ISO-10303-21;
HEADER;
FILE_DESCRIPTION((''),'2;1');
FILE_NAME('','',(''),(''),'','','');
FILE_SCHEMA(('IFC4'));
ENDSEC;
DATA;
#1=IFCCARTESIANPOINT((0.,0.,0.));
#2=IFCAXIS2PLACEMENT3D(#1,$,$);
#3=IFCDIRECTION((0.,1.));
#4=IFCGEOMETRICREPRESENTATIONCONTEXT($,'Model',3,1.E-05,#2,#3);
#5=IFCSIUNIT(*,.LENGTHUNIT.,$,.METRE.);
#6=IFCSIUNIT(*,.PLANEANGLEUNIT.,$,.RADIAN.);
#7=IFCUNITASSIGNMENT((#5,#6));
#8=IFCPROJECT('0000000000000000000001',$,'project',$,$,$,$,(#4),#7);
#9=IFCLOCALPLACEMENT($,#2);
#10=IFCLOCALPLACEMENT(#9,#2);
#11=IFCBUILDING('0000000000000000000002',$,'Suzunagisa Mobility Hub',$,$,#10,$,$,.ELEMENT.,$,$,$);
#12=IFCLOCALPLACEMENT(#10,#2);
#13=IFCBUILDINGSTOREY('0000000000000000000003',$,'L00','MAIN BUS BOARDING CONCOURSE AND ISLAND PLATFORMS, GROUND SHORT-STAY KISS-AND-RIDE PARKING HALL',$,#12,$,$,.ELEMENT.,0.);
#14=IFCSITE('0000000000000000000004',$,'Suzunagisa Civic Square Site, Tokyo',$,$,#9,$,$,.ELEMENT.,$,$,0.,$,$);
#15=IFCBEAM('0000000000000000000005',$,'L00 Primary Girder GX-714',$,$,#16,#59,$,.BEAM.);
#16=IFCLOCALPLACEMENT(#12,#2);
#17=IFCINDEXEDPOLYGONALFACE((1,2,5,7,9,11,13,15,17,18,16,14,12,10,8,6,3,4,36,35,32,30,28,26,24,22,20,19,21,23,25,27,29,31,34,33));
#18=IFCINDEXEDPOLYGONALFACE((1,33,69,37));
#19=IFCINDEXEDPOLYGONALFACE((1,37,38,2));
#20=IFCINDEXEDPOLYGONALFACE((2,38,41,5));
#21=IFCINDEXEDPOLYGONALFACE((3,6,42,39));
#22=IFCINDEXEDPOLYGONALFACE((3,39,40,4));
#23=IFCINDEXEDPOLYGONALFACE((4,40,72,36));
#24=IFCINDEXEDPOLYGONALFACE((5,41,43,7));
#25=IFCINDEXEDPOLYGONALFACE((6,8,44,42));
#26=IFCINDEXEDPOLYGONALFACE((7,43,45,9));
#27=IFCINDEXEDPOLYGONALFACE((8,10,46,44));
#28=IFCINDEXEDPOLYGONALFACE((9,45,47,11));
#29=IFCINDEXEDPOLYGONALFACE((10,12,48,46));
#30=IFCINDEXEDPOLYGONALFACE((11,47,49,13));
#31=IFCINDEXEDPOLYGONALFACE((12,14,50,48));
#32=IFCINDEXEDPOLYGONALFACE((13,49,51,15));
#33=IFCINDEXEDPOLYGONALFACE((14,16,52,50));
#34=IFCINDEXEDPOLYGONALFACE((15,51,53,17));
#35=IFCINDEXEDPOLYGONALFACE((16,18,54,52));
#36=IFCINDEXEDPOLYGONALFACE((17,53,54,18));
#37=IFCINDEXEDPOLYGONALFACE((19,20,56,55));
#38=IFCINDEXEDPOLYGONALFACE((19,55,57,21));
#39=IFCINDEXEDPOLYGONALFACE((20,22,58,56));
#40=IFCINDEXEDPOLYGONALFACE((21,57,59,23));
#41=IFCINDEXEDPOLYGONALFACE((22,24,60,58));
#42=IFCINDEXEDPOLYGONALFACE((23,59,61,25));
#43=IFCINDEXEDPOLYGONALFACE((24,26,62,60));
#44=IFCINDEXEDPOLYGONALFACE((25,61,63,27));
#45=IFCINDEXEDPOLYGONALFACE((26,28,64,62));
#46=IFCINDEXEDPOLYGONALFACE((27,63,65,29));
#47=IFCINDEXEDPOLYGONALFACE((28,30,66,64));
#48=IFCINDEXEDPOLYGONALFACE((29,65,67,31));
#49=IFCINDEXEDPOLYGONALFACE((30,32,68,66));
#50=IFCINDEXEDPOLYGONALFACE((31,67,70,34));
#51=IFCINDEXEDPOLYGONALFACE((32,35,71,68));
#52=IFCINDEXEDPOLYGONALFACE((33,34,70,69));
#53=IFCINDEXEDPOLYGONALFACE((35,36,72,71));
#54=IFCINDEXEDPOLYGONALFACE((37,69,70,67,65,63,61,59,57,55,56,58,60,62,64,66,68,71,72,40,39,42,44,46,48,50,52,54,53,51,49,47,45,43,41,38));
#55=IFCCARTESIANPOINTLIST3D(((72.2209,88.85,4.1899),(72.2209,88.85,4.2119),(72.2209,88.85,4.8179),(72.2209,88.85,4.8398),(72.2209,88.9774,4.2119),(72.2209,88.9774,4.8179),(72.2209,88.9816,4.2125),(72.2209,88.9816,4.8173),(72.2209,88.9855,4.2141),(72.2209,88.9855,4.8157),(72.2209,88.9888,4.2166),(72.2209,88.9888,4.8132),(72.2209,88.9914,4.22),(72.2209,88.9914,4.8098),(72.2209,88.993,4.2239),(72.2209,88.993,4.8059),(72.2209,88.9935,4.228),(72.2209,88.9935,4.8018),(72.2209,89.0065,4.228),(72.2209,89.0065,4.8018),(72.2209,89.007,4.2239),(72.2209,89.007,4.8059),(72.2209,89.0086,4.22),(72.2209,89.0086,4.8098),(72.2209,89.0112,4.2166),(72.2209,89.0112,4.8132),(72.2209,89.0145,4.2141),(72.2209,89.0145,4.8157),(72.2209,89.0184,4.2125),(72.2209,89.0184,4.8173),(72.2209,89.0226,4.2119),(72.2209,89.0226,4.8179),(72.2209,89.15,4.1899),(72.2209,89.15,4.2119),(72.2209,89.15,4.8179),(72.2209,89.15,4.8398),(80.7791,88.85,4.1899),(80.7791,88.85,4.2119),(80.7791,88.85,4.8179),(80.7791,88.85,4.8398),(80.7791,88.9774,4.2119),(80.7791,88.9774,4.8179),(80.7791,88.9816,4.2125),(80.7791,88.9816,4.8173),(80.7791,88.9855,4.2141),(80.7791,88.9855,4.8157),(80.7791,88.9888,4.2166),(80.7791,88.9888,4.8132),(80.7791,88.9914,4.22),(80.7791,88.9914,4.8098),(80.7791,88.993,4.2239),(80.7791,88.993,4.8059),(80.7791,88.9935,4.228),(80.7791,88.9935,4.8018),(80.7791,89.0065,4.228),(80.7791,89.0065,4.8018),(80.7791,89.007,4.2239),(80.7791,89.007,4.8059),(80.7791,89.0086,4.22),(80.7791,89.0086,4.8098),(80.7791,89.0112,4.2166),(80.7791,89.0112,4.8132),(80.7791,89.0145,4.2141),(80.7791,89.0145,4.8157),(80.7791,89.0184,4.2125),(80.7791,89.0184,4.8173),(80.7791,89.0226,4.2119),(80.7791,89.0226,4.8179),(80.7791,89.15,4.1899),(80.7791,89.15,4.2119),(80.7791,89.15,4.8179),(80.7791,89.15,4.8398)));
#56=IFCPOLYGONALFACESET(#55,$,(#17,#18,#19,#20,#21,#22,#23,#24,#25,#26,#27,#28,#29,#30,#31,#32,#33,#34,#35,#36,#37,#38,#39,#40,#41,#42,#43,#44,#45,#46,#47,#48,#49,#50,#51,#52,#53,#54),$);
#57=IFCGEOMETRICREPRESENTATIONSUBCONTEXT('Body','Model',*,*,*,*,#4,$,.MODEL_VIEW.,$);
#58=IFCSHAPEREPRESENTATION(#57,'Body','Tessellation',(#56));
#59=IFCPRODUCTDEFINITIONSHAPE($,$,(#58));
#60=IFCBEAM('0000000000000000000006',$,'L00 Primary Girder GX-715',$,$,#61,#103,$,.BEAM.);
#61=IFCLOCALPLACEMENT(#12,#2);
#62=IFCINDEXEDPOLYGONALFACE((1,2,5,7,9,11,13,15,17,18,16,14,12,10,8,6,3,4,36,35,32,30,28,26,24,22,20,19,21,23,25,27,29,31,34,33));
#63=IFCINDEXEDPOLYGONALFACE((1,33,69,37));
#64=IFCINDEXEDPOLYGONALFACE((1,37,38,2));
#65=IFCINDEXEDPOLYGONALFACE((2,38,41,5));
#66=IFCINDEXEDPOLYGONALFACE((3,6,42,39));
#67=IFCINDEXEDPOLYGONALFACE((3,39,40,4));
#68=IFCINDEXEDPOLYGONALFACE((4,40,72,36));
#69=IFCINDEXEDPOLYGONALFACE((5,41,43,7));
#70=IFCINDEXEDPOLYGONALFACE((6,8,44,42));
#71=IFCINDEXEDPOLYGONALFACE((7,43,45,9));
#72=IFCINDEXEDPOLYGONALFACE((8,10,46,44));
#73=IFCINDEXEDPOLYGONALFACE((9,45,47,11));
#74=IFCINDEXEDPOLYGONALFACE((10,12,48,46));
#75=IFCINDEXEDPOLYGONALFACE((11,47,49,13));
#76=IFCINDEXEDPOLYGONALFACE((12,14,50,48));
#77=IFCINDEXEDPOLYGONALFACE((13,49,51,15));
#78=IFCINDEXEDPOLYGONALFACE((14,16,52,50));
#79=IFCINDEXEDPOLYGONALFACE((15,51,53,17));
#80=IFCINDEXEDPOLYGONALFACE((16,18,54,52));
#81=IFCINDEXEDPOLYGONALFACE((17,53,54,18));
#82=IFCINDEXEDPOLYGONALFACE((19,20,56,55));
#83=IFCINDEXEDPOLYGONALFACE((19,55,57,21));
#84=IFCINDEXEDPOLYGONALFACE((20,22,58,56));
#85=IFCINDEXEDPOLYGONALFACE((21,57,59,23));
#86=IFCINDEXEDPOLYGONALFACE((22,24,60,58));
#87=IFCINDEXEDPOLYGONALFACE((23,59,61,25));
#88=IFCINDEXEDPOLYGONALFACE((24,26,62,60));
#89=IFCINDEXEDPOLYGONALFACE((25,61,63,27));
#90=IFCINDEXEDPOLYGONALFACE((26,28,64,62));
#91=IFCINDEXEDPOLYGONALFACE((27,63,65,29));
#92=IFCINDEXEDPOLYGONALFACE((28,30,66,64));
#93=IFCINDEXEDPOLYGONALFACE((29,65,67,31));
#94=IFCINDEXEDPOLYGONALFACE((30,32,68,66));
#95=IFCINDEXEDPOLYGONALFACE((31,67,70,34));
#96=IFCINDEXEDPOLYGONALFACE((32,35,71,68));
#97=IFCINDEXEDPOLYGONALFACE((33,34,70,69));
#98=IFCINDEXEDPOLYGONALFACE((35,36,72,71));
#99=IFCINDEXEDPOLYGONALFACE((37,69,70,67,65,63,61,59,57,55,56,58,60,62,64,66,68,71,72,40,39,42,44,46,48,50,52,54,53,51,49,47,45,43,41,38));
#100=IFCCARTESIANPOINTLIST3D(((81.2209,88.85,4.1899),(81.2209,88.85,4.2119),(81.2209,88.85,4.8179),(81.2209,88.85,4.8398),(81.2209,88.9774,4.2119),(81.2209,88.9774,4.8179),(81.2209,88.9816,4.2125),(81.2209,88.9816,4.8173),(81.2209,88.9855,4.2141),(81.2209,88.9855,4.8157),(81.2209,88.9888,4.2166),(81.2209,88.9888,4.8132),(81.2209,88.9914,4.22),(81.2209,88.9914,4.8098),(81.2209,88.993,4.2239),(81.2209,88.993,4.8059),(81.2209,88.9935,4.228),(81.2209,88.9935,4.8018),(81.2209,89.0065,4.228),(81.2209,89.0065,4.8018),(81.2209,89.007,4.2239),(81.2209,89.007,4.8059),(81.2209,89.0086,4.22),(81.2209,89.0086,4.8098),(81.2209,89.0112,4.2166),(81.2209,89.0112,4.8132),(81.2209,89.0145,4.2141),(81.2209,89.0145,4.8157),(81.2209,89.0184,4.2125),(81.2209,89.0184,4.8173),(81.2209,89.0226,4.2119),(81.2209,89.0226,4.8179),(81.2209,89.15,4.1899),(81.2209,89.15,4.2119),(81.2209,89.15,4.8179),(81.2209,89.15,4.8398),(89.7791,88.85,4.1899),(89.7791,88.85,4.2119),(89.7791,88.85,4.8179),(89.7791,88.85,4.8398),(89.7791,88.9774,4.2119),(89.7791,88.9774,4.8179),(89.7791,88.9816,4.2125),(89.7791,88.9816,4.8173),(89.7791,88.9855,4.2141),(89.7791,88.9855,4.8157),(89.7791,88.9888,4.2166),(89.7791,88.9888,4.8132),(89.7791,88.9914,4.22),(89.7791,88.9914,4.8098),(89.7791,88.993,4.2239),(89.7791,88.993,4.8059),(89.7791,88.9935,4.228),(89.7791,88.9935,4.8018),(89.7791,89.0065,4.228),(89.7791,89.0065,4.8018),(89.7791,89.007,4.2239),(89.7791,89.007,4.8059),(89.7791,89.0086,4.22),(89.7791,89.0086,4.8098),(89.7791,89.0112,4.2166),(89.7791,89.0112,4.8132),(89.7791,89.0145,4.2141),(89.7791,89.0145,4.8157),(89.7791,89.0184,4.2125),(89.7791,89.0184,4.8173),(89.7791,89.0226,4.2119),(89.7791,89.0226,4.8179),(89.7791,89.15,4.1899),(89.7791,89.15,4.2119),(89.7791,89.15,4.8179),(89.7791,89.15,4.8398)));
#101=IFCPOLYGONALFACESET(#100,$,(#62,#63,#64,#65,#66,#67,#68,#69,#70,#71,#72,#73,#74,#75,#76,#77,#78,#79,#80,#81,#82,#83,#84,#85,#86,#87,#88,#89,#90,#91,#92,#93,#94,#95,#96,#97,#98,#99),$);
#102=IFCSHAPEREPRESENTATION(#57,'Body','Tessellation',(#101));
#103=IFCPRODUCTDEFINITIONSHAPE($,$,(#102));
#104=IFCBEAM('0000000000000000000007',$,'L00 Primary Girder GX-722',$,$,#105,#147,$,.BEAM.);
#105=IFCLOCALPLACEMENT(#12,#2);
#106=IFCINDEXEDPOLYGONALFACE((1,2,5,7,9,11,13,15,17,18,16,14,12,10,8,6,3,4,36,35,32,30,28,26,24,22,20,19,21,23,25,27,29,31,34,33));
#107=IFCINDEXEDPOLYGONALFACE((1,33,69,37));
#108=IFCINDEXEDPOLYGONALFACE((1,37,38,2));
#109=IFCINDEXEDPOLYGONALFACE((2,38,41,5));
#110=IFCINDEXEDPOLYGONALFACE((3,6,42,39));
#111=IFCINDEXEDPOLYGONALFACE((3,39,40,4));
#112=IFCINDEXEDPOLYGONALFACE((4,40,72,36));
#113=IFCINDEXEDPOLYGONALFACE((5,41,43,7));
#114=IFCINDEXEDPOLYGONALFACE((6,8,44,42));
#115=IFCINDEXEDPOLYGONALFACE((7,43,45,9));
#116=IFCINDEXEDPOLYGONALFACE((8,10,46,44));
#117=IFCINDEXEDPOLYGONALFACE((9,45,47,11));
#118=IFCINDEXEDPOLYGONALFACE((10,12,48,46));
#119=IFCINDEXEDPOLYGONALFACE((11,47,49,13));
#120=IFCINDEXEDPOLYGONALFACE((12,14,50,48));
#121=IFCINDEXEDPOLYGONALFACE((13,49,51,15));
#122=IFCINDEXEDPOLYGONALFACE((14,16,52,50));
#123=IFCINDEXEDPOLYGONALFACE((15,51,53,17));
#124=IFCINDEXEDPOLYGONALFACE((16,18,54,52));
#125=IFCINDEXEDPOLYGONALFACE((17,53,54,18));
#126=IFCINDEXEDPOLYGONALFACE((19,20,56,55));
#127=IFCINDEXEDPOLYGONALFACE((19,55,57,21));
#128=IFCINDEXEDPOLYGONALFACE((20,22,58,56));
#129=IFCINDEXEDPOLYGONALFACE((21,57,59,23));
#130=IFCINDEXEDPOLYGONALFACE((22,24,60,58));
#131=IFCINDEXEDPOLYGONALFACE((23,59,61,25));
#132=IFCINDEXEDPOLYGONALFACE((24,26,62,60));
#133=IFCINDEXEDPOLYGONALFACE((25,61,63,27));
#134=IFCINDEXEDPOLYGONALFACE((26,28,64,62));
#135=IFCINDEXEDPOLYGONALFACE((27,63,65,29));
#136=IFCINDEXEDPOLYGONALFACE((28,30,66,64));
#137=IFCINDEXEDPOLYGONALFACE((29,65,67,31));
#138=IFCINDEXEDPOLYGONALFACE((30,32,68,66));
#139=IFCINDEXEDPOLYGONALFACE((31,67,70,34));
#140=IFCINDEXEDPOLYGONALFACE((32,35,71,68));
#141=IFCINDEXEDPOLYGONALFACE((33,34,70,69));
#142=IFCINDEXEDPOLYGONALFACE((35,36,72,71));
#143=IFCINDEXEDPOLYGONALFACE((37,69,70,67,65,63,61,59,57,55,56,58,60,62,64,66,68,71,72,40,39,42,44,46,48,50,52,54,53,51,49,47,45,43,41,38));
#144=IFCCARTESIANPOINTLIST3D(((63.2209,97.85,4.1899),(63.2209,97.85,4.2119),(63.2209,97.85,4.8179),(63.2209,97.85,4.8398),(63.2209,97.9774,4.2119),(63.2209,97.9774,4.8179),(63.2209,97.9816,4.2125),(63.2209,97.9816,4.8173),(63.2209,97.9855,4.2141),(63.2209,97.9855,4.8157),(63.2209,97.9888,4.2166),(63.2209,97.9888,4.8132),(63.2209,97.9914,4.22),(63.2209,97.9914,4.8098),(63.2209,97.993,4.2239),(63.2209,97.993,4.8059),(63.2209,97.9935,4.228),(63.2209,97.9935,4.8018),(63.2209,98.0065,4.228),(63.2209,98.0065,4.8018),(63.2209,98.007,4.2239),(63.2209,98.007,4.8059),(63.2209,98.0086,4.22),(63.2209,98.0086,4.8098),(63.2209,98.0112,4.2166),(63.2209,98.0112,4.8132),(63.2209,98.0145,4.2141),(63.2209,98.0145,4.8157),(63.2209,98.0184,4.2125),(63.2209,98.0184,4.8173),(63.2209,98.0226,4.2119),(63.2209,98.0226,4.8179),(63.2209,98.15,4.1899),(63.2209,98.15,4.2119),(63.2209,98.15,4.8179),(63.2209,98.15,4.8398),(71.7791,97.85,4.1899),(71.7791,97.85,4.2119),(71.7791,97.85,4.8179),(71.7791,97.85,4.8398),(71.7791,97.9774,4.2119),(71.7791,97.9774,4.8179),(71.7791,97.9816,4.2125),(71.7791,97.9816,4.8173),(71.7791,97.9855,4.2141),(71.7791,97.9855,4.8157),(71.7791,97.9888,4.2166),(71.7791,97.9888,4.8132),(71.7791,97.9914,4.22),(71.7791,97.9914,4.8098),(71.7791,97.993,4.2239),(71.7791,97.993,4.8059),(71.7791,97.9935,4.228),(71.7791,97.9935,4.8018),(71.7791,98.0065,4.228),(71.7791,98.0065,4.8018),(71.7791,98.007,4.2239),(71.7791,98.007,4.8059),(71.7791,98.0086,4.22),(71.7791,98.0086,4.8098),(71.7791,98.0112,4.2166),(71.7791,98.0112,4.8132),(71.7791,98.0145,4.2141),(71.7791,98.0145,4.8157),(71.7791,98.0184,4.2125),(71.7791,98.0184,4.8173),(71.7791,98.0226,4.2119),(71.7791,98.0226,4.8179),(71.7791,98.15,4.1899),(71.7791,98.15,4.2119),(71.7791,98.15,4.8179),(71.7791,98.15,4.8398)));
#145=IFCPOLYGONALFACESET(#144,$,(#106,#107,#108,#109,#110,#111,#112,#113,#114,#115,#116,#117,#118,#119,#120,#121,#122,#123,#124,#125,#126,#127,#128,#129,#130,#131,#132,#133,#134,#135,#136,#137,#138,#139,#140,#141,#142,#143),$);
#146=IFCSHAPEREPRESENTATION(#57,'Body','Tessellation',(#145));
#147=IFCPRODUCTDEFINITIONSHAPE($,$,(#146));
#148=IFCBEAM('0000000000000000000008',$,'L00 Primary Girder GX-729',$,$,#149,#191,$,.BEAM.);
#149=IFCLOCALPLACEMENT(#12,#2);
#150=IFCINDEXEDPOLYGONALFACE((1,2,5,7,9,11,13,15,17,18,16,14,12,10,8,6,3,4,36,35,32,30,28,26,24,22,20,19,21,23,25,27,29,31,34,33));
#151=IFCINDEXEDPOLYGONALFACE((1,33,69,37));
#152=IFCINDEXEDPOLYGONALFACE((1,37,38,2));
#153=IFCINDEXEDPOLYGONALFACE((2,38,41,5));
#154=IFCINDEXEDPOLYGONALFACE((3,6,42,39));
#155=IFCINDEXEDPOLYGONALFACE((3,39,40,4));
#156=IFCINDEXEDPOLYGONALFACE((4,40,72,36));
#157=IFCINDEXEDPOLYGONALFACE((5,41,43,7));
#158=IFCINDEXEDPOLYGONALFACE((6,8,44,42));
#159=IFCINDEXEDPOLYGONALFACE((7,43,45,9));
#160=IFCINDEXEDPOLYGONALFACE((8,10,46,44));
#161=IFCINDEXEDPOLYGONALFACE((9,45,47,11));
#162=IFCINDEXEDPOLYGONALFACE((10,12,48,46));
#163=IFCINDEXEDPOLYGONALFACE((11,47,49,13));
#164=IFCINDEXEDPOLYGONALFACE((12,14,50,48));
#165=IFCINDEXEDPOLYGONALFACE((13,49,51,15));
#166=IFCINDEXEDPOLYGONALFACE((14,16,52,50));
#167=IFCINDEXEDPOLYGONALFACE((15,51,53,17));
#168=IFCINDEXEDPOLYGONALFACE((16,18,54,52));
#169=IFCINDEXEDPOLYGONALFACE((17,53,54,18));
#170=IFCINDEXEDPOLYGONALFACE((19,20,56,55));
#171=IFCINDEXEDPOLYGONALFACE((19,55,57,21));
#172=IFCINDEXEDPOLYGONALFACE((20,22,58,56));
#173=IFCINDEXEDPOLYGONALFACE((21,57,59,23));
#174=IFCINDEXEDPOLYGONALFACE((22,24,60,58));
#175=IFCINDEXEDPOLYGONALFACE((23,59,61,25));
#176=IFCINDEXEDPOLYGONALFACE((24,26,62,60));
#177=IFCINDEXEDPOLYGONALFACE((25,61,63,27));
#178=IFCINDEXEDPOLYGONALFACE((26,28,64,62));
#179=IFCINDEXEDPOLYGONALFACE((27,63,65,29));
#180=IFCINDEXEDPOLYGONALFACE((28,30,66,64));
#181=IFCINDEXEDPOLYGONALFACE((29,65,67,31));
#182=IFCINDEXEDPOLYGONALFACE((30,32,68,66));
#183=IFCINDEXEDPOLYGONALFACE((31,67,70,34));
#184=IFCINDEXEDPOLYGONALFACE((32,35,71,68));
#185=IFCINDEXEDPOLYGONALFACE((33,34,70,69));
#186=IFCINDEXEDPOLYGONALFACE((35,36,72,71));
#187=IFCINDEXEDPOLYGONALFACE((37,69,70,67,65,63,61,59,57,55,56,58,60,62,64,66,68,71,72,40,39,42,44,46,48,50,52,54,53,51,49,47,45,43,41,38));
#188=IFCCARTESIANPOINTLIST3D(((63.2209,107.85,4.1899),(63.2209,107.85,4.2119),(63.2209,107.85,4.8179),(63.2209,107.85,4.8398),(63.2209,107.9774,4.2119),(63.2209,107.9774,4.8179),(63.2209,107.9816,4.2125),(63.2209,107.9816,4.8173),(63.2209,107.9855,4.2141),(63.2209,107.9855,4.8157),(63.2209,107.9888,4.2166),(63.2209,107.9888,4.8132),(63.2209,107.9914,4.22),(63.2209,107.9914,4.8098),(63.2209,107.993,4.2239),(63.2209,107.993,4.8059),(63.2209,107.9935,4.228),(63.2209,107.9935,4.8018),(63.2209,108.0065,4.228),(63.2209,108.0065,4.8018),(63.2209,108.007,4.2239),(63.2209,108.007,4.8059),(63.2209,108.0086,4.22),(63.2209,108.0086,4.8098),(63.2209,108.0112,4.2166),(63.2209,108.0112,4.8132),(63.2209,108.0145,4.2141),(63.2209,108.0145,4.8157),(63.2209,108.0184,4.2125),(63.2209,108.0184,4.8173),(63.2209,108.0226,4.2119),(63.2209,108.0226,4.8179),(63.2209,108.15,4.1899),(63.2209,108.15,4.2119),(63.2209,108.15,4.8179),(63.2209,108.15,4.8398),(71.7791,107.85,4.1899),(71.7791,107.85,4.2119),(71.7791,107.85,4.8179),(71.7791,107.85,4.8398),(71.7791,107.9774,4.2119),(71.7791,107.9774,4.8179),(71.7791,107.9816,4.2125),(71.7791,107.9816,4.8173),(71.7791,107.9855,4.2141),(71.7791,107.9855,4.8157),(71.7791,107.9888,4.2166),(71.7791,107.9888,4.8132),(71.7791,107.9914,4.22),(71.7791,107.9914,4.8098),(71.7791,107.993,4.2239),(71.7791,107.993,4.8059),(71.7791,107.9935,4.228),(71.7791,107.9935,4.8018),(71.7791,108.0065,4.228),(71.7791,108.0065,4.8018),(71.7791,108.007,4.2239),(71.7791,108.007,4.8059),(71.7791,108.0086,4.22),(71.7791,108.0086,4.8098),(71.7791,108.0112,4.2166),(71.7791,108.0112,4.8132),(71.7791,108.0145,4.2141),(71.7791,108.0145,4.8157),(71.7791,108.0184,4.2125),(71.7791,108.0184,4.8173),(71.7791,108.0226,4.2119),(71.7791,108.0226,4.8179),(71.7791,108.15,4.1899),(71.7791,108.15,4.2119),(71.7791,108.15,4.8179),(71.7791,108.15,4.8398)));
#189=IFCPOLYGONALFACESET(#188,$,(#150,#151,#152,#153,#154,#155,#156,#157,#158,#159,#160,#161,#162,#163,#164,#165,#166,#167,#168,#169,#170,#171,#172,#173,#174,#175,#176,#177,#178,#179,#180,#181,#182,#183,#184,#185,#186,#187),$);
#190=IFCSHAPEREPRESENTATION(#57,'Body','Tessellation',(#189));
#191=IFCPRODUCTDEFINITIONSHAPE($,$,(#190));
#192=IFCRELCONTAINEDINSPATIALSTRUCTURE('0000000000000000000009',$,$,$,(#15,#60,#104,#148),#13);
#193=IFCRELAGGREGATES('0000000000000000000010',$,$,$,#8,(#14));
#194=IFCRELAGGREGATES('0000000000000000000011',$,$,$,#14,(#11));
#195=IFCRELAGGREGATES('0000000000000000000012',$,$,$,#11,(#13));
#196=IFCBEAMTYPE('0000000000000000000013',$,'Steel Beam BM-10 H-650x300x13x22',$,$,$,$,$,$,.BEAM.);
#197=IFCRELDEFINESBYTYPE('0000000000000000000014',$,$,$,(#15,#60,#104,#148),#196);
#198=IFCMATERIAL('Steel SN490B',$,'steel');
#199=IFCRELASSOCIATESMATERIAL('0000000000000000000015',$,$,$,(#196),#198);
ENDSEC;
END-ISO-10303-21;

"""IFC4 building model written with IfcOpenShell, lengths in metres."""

from ifc_helpers import new_model, si_unit, direction, frame, origin, origin_2d, place, context, subcontext, project, spatial, i_section, extrude, material, material_profile, profile_set, type_object, element, save


model = new_model("IFC4")

# Units and contexts
model_context = context("Model", 3, precision=1e-05, world=origin(), true_north=direction((0.0, 1.0)))
body_context = subcontext(model_context, "Body", "Model", "MODEL_VIEW")
ifc_project = project(units=[si_unit("LENGTHUNIT", "METRE"), si_unit("PLANEANGLEUNIT", "RADIAN")], contexts=[model_context])

# Site, building, storey
site_placement = place(None, origin())
site = spatial("IfcSite", under=ifc_project, at=site_placement, Name="Suzunagisa Civic Square Site, Tokyo", CompositionType="ELEMENT", RefElevation=0.0)
building_placement = place(site_placement, origin())
building = spatial("IfcBuilding", under=site, at=building_placement, Name="Suzunagisa Mobility Hub", CompositionType="ELEMENT")
storey_placement = place(building_placement, origin())
storey = spatial("IfcBuildingStorey", under=building, at=storey_placement, Name="L00", Description="MAIN BUS BOARDING CONCOURSE AND ISLAND PLATFORMS, GROUND SHORT-STAY KISS-AND-RIDE PARKING HALL", CompositionType="ELEMENT", Elevation=0.0)

# Shared definitions
ifc_material_1 = material(Name="Steel SN490B", Category="steel")

# Beams
ifc_material_profile_1 = material_profile(ifc_material_1, i_section(OverallWidth=0.3, OverallDepth=0.6499, WebThickness=0.0129, FlangeThickness=0.022, FilletRadius=0.0161, at=origin_2d()), Name="H-650x300x13x22")
ifc_profile_set_1 = profile_set([ifc_material_profile_1], Name="Steel SN490B")
beam_type_1 = type_object("IfcBeamType", Name="Steel Beam BM-10 H-650x300x13x22", PredefinedType="BEAM", material=ifc_profile_set_1)
for number, where, z_axis, x_axis, name in (
    (1, (72.2209, 89.0, 4.5149), (1.0, 0.0, 0.0), (0.0, 1.0, 0.0), "L00 Primary Girder GX-714"),
    (2, (81.2209, 89.0, 4.5149), (1.0, 0.0, 0.0), (0.0, 1.0, 0.0), "L00 Primary Girder GX-715"),
    (3, (63.2209, 98.0, 4.5149), (1.0, 0.0, 0.0), (0.0, 1.0, 0.0), "L00 Primary Girder GX-722"),
    (4, (63.2209, 108.0, 4.5149), (1.0, 0.0, 0.0), (0.0, 1.0, 0.0), "L00 Primary Girder GX-729"),
):
    element("IfcBeam", number, at=place(storey_placement, frame(where, z_axis=z_axis, x_axis=x_axis)), inside=storey, type_object=beam_type_1, Name=name, PredefinedType="BEAM", context=body_context, shape_type="SweptSolid", body=[
        extrude(i_section(OverallWidth=0.3, OverallDepth=0.6499, WebThickness=0.0129, FlangeThickness=0.022, FilletRadius=0.0161, at=origin_2d()), origin(), (0.0, 0.0, 1.0), 8.5581),
    ])

save(model, "model.ifc")
